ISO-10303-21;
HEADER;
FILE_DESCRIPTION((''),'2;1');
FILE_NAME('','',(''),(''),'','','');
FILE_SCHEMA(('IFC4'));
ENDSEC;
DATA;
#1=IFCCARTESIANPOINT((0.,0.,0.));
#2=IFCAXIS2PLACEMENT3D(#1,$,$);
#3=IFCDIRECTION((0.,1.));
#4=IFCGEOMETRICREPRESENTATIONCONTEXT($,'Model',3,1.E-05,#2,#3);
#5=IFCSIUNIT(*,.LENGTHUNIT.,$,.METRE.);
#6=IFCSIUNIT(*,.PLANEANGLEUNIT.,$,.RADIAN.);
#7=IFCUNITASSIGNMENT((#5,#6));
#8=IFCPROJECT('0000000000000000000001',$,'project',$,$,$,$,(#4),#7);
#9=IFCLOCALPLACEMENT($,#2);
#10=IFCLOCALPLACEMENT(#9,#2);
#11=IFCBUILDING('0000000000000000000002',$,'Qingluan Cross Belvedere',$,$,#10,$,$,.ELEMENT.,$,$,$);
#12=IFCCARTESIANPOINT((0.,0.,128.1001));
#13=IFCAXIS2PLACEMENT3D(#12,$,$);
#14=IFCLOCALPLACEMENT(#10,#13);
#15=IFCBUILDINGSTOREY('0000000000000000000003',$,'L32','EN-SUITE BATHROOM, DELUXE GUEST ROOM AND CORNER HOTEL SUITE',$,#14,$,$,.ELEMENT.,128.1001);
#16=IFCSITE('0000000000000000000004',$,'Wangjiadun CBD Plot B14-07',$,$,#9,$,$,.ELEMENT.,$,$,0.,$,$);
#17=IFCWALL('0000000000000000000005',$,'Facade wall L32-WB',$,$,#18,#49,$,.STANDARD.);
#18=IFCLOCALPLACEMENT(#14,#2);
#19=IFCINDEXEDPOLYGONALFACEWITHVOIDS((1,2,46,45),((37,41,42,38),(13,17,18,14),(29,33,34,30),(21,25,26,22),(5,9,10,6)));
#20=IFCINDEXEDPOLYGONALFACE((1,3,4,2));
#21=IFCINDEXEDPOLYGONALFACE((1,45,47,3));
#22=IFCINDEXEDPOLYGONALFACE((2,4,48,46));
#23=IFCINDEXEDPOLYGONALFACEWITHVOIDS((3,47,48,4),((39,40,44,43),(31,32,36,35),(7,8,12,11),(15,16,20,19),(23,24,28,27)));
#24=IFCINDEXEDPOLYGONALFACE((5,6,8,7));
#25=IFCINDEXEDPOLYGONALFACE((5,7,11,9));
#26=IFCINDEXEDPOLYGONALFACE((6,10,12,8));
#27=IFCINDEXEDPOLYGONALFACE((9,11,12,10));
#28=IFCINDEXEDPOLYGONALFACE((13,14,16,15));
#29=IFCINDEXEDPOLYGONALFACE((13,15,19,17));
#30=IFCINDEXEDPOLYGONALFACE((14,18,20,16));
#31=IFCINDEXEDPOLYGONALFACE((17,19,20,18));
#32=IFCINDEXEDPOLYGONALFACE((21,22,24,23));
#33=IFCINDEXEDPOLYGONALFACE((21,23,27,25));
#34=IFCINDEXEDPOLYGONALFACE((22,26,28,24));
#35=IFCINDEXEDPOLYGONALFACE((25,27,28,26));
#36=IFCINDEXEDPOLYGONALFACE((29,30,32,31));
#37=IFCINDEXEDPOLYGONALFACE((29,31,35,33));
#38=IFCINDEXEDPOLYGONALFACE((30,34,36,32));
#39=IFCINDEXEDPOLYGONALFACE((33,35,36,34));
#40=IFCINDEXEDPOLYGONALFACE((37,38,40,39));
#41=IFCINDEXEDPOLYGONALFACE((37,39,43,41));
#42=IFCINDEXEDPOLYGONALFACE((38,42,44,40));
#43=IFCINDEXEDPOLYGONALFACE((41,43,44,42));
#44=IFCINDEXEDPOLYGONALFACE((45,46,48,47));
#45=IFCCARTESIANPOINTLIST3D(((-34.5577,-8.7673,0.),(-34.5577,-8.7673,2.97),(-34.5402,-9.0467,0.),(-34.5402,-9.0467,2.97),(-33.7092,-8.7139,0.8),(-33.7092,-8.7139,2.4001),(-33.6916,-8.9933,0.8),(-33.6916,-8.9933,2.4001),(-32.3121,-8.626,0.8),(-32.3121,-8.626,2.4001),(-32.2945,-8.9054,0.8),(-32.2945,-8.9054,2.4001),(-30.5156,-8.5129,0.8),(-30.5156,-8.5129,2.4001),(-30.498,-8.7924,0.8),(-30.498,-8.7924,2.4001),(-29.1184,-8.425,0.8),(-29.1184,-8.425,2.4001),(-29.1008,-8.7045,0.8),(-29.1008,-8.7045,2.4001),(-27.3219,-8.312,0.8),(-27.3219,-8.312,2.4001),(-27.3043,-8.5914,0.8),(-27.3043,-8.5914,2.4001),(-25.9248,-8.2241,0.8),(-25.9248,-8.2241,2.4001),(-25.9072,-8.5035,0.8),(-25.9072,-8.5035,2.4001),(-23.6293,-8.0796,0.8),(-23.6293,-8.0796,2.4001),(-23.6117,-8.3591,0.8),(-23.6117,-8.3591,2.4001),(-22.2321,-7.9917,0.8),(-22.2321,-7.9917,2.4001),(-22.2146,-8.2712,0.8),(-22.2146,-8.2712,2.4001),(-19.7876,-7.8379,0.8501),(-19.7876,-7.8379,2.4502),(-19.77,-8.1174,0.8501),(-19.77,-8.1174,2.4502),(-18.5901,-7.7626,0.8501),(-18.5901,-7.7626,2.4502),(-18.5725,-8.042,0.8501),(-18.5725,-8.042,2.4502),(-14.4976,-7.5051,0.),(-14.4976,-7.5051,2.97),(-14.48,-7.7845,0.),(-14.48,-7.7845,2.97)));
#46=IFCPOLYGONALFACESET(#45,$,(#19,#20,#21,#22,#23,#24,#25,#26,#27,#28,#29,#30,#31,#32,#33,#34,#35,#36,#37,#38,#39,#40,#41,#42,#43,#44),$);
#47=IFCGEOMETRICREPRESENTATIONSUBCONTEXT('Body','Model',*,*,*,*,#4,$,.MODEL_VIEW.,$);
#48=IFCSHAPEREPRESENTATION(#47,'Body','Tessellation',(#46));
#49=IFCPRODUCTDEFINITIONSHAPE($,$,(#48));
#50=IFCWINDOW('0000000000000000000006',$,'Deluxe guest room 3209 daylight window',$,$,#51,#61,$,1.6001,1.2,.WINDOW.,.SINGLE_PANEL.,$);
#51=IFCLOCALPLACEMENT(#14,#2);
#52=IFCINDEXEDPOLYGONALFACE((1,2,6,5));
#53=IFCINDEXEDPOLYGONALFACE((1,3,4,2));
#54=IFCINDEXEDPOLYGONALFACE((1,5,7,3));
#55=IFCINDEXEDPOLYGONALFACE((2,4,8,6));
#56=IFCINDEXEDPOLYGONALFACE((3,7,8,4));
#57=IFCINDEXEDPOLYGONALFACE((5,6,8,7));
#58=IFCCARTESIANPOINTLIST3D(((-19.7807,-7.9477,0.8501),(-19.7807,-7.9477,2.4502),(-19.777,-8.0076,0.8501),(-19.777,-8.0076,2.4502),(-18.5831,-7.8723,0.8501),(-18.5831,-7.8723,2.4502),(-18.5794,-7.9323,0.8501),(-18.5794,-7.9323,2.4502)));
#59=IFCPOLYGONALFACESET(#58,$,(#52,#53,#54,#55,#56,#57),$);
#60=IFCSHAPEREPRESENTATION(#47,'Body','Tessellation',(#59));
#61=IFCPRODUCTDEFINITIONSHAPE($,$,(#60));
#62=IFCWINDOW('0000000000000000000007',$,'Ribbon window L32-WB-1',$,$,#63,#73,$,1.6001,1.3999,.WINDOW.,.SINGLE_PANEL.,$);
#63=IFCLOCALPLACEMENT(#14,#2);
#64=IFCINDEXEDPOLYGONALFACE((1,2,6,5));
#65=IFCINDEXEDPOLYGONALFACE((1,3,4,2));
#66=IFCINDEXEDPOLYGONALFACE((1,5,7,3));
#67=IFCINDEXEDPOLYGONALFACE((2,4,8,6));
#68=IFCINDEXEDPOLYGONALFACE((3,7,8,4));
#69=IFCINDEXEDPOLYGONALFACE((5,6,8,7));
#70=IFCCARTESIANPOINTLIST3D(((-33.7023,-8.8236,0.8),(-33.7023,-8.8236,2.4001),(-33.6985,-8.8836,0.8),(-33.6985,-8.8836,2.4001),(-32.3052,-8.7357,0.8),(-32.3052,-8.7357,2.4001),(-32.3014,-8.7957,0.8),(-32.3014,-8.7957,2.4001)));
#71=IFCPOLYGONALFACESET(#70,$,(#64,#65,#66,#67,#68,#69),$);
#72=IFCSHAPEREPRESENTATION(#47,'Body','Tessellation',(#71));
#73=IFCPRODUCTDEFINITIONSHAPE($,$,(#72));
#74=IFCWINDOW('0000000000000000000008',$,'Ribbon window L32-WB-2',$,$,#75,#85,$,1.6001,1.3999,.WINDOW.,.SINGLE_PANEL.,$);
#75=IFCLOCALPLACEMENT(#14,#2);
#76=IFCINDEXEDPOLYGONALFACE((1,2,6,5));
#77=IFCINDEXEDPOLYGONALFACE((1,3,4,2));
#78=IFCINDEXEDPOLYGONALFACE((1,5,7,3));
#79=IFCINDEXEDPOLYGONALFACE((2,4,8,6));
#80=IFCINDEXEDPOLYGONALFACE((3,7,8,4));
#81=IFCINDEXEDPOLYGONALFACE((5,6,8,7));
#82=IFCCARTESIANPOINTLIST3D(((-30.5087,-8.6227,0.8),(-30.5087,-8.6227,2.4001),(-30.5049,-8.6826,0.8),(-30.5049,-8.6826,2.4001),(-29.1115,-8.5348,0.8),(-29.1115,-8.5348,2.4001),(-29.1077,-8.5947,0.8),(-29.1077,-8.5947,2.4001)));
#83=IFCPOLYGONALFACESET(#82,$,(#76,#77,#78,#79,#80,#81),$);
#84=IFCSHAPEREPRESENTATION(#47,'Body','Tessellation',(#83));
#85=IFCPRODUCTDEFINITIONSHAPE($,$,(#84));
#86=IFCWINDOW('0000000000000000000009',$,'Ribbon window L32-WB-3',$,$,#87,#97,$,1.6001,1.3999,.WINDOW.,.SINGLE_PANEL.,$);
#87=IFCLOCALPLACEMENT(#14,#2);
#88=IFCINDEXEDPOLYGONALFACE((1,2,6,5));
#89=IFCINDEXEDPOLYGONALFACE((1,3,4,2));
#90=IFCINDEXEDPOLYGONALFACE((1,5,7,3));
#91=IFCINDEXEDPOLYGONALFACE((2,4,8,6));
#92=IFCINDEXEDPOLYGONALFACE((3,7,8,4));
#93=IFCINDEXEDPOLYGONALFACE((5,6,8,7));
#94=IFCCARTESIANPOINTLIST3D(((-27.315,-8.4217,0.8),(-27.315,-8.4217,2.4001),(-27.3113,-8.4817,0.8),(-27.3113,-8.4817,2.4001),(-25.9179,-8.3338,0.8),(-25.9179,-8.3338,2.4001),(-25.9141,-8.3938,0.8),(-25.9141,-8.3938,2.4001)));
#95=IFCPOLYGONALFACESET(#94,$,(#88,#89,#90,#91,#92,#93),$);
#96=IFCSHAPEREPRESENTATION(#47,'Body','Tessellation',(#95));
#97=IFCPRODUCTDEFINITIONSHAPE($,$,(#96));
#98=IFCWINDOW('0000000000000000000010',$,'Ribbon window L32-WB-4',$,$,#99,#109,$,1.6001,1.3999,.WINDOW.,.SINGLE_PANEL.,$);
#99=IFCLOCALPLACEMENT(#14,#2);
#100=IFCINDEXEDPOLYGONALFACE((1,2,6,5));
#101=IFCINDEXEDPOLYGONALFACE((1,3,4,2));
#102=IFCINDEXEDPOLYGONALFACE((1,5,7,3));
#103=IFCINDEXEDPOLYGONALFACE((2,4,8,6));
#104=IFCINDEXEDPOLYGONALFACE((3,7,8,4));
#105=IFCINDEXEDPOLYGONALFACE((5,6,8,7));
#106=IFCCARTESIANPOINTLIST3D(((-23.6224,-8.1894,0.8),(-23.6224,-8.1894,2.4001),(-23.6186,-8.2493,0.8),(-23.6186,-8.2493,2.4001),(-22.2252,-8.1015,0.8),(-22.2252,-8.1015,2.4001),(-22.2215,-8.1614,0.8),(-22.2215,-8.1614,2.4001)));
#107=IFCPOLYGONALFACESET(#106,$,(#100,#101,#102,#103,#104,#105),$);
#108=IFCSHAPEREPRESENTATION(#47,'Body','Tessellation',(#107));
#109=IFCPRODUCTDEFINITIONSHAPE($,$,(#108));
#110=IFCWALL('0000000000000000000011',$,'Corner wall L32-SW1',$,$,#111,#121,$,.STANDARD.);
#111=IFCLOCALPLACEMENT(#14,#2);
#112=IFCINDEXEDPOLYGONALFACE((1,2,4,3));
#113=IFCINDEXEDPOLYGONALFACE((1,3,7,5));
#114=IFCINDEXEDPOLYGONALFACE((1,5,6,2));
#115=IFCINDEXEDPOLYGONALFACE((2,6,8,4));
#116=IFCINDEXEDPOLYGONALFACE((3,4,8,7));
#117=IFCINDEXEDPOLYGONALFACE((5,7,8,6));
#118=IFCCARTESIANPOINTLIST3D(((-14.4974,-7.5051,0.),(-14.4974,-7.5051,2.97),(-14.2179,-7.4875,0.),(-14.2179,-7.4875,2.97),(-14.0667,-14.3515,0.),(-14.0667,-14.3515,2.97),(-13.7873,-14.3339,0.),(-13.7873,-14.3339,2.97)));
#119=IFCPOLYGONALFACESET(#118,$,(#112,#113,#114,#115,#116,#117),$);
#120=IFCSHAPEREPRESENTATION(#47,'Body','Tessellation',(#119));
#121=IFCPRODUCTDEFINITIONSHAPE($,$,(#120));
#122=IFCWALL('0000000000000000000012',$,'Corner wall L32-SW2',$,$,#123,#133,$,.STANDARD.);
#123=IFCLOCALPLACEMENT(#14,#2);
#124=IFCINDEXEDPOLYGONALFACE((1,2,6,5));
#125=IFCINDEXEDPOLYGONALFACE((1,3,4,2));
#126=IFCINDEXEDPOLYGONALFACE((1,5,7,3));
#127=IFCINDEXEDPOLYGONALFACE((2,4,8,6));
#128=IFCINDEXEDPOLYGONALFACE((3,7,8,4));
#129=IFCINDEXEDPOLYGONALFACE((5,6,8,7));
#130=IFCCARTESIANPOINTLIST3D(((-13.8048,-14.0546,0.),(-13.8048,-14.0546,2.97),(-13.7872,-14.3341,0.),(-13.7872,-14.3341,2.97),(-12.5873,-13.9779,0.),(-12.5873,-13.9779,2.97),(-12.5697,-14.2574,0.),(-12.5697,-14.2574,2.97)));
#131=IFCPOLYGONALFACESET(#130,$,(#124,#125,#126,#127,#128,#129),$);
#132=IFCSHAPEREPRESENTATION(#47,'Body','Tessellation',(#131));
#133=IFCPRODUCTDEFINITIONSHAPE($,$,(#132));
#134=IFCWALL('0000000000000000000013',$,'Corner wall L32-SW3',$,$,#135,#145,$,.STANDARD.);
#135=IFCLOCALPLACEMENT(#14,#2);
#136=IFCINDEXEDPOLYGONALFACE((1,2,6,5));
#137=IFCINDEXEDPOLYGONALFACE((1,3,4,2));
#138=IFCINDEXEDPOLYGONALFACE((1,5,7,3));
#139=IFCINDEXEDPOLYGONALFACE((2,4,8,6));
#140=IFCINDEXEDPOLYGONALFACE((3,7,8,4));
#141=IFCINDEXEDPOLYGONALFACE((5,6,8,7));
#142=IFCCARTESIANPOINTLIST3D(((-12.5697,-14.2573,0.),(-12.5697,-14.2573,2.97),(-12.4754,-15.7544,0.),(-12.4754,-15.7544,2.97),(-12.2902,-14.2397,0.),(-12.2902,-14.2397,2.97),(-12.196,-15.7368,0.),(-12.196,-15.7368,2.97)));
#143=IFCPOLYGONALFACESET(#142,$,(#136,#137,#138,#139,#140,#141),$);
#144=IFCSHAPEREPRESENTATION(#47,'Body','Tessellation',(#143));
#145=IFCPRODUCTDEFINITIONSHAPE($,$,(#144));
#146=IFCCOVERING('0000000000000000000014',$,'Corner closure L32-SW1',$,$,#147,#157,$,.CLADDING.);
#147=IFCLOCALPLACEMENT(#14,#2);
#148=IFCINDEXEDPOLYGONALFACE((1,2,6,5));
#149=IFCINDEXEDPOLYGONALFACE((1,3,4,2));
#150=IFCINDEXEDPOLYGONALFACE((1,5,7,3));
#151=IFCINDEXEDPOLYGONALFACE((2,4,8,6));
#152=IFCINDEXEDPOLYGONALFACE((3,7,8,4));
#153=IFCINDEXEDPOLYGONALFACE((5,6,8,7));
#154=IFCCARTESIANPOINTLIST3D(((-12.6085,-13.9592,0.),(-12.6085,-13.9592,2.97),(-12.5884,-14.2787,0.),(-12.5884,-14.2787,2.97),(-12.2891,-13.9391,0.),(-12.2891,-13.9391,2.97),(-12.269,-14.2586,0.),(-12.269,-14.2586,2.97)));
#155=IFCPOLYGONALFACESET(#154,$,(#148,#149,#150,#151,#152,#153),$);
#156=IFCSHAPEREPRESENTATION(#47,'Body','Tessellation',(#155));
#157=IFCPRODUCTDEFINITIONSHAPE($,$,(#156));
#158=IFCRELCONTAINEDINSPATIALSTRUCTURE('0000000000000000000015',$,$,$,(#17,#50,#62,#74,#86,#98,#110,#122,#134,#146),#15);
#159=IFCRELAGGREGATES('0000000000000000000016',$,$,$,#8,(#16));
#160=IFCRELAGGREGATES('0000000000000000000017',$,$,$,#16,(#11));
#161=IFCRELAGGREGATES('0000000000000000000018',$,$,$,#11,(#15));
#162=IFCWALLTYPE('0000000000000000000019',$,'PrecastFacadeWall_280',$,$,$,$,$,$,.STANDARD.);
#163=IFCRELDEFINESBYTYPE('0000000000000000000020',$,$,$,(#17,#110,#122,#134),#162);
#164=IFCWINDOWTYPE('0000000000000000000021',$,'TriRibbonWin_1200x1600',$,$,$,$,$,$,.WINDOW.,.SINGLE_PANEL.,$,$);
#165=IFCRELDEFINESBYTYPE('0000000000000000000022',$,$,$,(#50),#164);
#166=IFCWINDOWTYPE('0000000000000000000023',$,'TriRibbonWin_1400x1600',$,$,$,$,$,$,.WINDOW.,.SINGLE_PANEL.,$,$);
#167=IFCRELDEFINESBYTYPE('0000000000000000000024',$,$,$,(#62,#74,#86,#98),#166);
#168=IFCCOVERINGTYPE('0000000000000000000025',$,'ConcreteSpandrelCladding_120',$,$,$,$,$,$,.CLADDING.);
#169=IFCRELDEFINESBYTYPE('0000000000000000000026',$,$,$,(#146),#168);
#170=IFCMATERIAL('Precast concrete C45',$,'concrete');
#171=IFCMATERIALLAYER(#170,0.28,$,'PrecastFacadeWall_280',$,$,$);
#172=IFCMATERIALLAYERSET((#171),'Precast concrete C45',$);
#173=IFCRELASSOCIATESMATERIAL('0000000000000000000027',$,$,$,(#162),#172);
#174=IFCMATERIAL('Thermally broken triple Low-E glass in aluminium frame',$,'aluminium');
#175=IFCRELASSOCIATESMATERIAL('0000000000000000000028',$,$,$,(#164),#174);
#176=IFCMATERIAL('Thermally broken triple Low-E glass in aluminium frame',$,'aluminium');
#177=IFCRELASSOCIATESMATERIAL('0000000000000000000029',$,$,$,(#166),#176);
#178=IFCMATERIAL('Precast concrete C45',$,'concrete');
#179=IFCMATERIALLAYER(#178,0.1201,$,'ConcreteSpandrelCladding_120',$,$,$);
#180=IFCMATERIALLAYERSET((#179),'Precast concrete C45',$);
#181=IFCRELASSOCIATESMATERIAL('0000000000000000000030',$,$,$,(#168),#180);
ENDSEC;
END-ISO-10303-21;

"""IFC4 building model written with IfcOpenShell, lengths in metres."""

from ifc_helpers import new_model, si_unit, direction, frame, frame_2d, origin, origin_2d, place, context, subcontext, project, spatial, rectangle, extrude, material, layer, layer_set, type_object, element, fill, save


model = new_model("IFC4")

# Units and contexts
model_context = context("Model", 3, precision=1e-05, world=origin(), true_north=direction((0.0, 1.0)))
body_context = subcontext(model_context, "Body", "Model", "MODEL_VIEW")
ifc_project = project(units=[si_unit("LENGTHUNIT", "METRE"), si_unit("PLANEANGLEUNIT", "RADIAN")], contexts=[model_context])

# Site, building, storey
site_placement = place(None, origin())
site = spatial("IfcSite", under=ifc_project, at=site_placement, Name="Wangjiadun CBD Plot B14-07", CompositionType="ELEMENT", RefElevation=0.0)
building_placement = place(site_placement, origin())
building = spatial("IfcBuilding", under=site, at=building_placement, Name="Qingluan Cross Belvedere", CompositionType="ELEMENT")
storey_placement = place(building_placement, frame((0.0, 0.0, 128.1001)))
storey = spatial("IfcBuildingStorey", under=building, at=storey_placement, Name="L32", Description="EN-SUITE BATHROOM, DELUXE GUEST ROOM AND CORNER HOTEL SUITE", CompositionType="ELEMENT", Elevation=128.1001)

# Wall, openings, windows
ifc_material_1 = material(Name="Precast concrete C45", Category="concrete")
ifc_layer_1 = layer(ifc_material_1, 0.28, Name="PrecastFacadeWall_280")
ifc_layer_set_1 = layer_set([ifc_layer_1], Name="Precast concrete C45")
wall_type_1 = type_object("IfcWallType", Name="PrecastFacadeWall_280", PredefinedType="STANDARD", material=ifc_layer_set_1)
wall_1_placement = place(storey_placement, frame((-34.5488, -8.907, 0.0), z_axis=(0.0, 0.0, 1.0), x_axis=(0.998026, 0.062796, 0.0)))
wall_1 = element("IfcWall", 1, at=wall_1_placement, inside=storey, type_object=wall_type_1, Name="Facade wall L32-WB", PredefinedType="STANDARD", context=body_context, shape_type="SweptSolid", body=[
    extrude(rectangle(XDim=20.0999, YDim=0.28, at=frame_2d((10.0498, 0.0))), origin(), (0.0, 0.0, 1.0), 2.97),
])
opening_1_placement = place(wall_1_placement, frame((0.8501, 0.0, 0.8)))
opening_1 = element("IfcOpeningElement", 2, at=opening_1_placement, cuts=wall_1, PredefinedType="OPENING", context=body_context, shape_type="SweptSolid", body=[
    extrude(rectangle(XDim=1.3999, YDim=1.6001, at=frame_2d((0.7, 0.8))), frame((0.0, 0.1499, 0.0), z_axis=(0.0, -1.0, 0.0), x_axis=(1.0, 0.0, 0.0)), (0.0, 0.0, 1.0), 0.3),
])
opening_2_placement = place(wall_1_placement, frame((4.05, 0.0, 0.8)))
opening_2 = element("IfcOpeningElement", 3, at=opening_2_placement, cuts=wall_1, PredefinedType="OPENING", context=body_context, shape_type="SweptSolid", body=[
    extrude(rectangle(XDim=1.3999, YDim=1.6001, at=frame_2d((0.7, 0.8))), frame((0.0, 0.1499, 0.0), z_axis=(0.0, -1.0, 0.0), x_axis=(1.0, 0.0, 0.0)), (0.0, 0.0, 1.0), 0.3),
])
opening_3_placement = place(wall_1_placement, frame((7.25, 0.0, 0.8)))
opening_3 = element("IfcOpeningElement", 4, at=opening_3_placement, cuts=wall_1, PredefinedType="OPENING", context=body_context, shape_type="SweptSolid", body=[
    extrude(rectangle(XDim=1.3999, YDim=1.6001, at=frame_2d((0.7, 0.8))), frame((0.0, 0.1499, 0.0), z_axis=(0.0, -1.0, 0.0), x_axis=(1.0, 0.0, 0.0)), (0.0, 0.0, 1.0), 0.3),
])
opening_4_placement = place(wall_1_placement, frame((10.95, 0.0, 0.8)))
opening_4 = element("IfcOpeningElement", 5, at=opening_4_placement, cuts=wall_1, PredefinedType="OPENING", context=body_context, shape_type="SweptSolid", body=[
    extrude(rectangle(XDim=1.3999, YDim=1.6001, at=frame_2d((0.7, 0.8))), frame((0.0, 0.1499, 0.0), z_axis=(0.0, -1.0, 0.0), x_axis=(1.0, 0.0, 0.0)), (0.0, 0.0, 1.0), 0.3),
])
opening_5_placement = place(wall_1_placement, frame((14.7991, 0.0, 0.8501)))
opening_5 = element("IfcOpeningElement", 6, at=opening_5_placement, cuts=wall_1, PredefinedType="OPENING", context=body_context, shape_type="SweptSolid", body=[
    extrude(rectangle(XDim=1.2, YDim=1.6001, at=frame_2d((0.6001, 0.8))), frame((0.0, 0.1499, 0.0), z_axis=(0.0, -1.0, 0.0), x_axis=(1.0, 0.0, 0.0)), (0.0, 0.0, 1.0), 0.3),
])
ifc_material_2 = material(Name="Thermally broken triple Low-E glass in aluminium frame", Category="aluminium")
window_type_1 = type_object("IfcWindowType", Name="TriRibbonWin_1200x1600", PartitioningType="SINGLE_PANEL", PredefinedType="WINDOW", material=ifc_material_2)
window_1_placement = place(opening_5_placement, origin())
window_1 = element("IfcWindow", 7, at=window_1_placement, inside=storey, type_object=window_type_1, Name="Deluxe guest room 3209 daylight window", OverallHeight=1.6001, OverallWidth=1.2, PartitioningType="SINGLE_PANEL", PredefinedType="WINDOW", context=body_context, shape_type="SweptSolid", body=[
    extrude(rectangle(XDim=1.2, YDim=1.6001, at=frame_2d((0.6001, 0.8))), frame((0.0, 0.03, 0.0), z_axis=(0.0, -1.0, 0.0), x_axis=(1.0, 0.0, 0.0)), (0.0, 0.0, 1.0), 0.0601),
])
fill(opening_5, window_1)
ifc_material_3 = material(Name="Thermally broken triple Low-E glass in aluminium frame", Category="aluminium")
window_type_2 = type_object("IfcWindowType", Name="TriRibbonWin_1400x1600", PartitioningType="SINGLE_PANEL", PredefinedType="WINDOW", material=ifc_material_3)
window_2_placement = place(opening_1_placement, origin())
window_2 = element("IfcWindow", 8, at=window_2_placement, inside=storey, type_object=window_type_2, Name="Ribbon window L32-WB-1", OverallHeight=1.6001, OverallWidth=1.3999, PartitioningType="SINGLE_PANEL", PredefinedType="WINDOW", context=body_context, shape_type="SweptSolid", body=[
    extrude(rectangle(XDim=1.3999, YDim=1.6001, at=frame_2d((0.7, 0.8))), frame((0.0, 0.03, 0.0), z_axis=(0.0, -1.0, 0.0), x_axis=(1.0, 0.0, 0.0)), (0.0, 0.0, 1.0), 0.0601),
])
fill(opening_1, window_2)
window_3_placement = place(opening_2_placement, origin())
window_3 = element("IfcWindow", 9, at=window_3_placement, inside=storey, type_object=window_type_2, Name="Ribbon window L32-WB-2", OverallHeight=1.6001, OverallWidth=1.3999, PartitioningType="SINGLE_PANEL", PredefinedType="WINDOW", context=body_context, shape_type="SweptSolid", body=[
    extrude(rectangle(XDim=1.3999, YDim=1.6001, at=frame_2d((0.7, 0.8))), frame((0.0, 0.03, 0.0), z_axis=(0.0, -1.0, 0.0), x_axis=(1.0, 0.0, 0.0)), (0.0, 0.0, 1.0), 0.0601),
])
fill(opening_2, window_3)
window_4_placement = place(opening_3_placement, origin())
window_4 = element("IfcWindow", 10, at=window_4_placement, inside=storey, type_object=window_type_2, Name="Ribbon window L32-WB-3", OverallHeight=1.6001, OverallWidth=1.3999, PartitioningType="SINGLE_PANEL", PredefinedType="WINDOW", context=body_context, shape_type="SweptSolid", body=[
    extrude(rectangle(XDim=1.3999, YDim=1.6001, at=frame_2d((0.7, 0.8))), frame((0.0, 0.03, 0.0), z_axis=(0.0, -1.0, 0.0), x_axis=(1.0, 0.0, 0.0)), (0.0, 0.0, 1.0), 0.0601),
])
fill(opening_3, window_4)
window_5_placement = place(opening_4_placement, origin())
window_5 = element("IfcWindow", 11, at=window_5_placement, inside=storey, type_object=window_type_2, Name="Ribbon window L32-WB-4", OverallHeight=1.6001, OverallWidth=1.3999, PartitioningType="SINGLE_PANEL", PredefinedType="WINDOW", context=body_context, shape_type="SweptSolid", body=[
    extrude(rectangle(XDim=1.3999, YDim=1.6001, at=frame_2d((0.7, 0.8))), frame((0.0, 0.03, 0.0), z_axis=(0.0, -1.0, 0.0), x_axis=(1.0, 0.0, 0.0)), (0.0, 0.0, 1.0), 0.0601),
])
fill(opening_4, window_5)

# Walls
wall_2_placement = place(storey_placement, frame((-14.3577, -7.4963, 0.0), z_axis=(0.0, 0.0, 1.0), x_axis=(0.062779, -0.998027, 0.0)))
element("IfcWall", 12, at=wall_2_placement, inside=storey, type_object=wall_type_1, Name="Corner wall L32-SW1", PredefinedType="STANDARD", context=body_context, shape_type="SweptSolid", body=[
    extrude(rectangle(XDim=6.8599, YDim=0.28, at=frame_2d((3.4299, 0.0))), origin(), (0.0, 0.0, 1.0), 2.97),
])
wall_3_placement = place(storey_placement, frame((-13.7959, -14.1943, 0.0), z_axis=(0.0, 0.0, 1.0), x_axis=(0.998024, 0.062839, 0.0)))
element("IfcWall", 13, at=wall_3_placement, inside=storey, type_object=wall_type_1, Name="Corner wall L32-SW2", PredefinedType="STANDARD", context=body_context, shape_type="SweptSolid", body=[
    extrude(rectangle(XDim=1.22, YDim=0.28, at=frame_2d((0.6099, 0.0))), origin(), (0.0, 0.0, 1.0), 2.97),
])
wall_4_placement = place(storey_placement, frame((-12.4299, -14.2485, 0.0), z_axis=(0.0, 0.0, 1.0), x_axis=(0.062824, -0.998025, 0.0)))
element("IfcWall", 14, at=wall_4_placement, inside=storey, type_object=wall_type_1, Name="Corner wall L32-SW3", PredefinedType="STANDARD", context=body_context, shape_type="SweptSolid", body=[
    extrude(rectangle(XDim=1.5, YDim=0.28, at=frame_2d((0.75, 0.0))), origin(), (0.0, 0.0, 1.0), 2.97),
])

# Covering
ifc_material_4 = material(Name="Precast concrete C45", Category="concrete")
ifc_layer_2 = layer(ifc_material_4, 0.1201, Name="ConcreteSpandrelCladding_120")
ifc_layer_set_2 = layer_set([ifc_layer_2], Name="Precast concrete C45")
covering_type = type_object("IfcCoveringType", Name="ConcreteSpandrelCladding_120", PredefinedType="CLADDING", material=ifc_layer_set_2)
covering_placement = place(storey_placement, frame((-12.4387, -14.1089, 0.0), z_axis=(0.0, 0.0, 1.0), x_axis=(0.998027, 0.062791, 0.0)))
element("IfcCovering", 15, at=covering_placement, inside=storey, type_object=covering_type, Name="Corner closure L32-SW1", PredefinedType="CLADDING", context=body_context, shape_type="SweptSolid", body=[
    extrude(rectangle(XDim=0.3201, YDim=0.3201, at=origin_2d()), origin(), (0.0, 0.0, 1.0), 2.97),
])

save(model, "model.ifc")
